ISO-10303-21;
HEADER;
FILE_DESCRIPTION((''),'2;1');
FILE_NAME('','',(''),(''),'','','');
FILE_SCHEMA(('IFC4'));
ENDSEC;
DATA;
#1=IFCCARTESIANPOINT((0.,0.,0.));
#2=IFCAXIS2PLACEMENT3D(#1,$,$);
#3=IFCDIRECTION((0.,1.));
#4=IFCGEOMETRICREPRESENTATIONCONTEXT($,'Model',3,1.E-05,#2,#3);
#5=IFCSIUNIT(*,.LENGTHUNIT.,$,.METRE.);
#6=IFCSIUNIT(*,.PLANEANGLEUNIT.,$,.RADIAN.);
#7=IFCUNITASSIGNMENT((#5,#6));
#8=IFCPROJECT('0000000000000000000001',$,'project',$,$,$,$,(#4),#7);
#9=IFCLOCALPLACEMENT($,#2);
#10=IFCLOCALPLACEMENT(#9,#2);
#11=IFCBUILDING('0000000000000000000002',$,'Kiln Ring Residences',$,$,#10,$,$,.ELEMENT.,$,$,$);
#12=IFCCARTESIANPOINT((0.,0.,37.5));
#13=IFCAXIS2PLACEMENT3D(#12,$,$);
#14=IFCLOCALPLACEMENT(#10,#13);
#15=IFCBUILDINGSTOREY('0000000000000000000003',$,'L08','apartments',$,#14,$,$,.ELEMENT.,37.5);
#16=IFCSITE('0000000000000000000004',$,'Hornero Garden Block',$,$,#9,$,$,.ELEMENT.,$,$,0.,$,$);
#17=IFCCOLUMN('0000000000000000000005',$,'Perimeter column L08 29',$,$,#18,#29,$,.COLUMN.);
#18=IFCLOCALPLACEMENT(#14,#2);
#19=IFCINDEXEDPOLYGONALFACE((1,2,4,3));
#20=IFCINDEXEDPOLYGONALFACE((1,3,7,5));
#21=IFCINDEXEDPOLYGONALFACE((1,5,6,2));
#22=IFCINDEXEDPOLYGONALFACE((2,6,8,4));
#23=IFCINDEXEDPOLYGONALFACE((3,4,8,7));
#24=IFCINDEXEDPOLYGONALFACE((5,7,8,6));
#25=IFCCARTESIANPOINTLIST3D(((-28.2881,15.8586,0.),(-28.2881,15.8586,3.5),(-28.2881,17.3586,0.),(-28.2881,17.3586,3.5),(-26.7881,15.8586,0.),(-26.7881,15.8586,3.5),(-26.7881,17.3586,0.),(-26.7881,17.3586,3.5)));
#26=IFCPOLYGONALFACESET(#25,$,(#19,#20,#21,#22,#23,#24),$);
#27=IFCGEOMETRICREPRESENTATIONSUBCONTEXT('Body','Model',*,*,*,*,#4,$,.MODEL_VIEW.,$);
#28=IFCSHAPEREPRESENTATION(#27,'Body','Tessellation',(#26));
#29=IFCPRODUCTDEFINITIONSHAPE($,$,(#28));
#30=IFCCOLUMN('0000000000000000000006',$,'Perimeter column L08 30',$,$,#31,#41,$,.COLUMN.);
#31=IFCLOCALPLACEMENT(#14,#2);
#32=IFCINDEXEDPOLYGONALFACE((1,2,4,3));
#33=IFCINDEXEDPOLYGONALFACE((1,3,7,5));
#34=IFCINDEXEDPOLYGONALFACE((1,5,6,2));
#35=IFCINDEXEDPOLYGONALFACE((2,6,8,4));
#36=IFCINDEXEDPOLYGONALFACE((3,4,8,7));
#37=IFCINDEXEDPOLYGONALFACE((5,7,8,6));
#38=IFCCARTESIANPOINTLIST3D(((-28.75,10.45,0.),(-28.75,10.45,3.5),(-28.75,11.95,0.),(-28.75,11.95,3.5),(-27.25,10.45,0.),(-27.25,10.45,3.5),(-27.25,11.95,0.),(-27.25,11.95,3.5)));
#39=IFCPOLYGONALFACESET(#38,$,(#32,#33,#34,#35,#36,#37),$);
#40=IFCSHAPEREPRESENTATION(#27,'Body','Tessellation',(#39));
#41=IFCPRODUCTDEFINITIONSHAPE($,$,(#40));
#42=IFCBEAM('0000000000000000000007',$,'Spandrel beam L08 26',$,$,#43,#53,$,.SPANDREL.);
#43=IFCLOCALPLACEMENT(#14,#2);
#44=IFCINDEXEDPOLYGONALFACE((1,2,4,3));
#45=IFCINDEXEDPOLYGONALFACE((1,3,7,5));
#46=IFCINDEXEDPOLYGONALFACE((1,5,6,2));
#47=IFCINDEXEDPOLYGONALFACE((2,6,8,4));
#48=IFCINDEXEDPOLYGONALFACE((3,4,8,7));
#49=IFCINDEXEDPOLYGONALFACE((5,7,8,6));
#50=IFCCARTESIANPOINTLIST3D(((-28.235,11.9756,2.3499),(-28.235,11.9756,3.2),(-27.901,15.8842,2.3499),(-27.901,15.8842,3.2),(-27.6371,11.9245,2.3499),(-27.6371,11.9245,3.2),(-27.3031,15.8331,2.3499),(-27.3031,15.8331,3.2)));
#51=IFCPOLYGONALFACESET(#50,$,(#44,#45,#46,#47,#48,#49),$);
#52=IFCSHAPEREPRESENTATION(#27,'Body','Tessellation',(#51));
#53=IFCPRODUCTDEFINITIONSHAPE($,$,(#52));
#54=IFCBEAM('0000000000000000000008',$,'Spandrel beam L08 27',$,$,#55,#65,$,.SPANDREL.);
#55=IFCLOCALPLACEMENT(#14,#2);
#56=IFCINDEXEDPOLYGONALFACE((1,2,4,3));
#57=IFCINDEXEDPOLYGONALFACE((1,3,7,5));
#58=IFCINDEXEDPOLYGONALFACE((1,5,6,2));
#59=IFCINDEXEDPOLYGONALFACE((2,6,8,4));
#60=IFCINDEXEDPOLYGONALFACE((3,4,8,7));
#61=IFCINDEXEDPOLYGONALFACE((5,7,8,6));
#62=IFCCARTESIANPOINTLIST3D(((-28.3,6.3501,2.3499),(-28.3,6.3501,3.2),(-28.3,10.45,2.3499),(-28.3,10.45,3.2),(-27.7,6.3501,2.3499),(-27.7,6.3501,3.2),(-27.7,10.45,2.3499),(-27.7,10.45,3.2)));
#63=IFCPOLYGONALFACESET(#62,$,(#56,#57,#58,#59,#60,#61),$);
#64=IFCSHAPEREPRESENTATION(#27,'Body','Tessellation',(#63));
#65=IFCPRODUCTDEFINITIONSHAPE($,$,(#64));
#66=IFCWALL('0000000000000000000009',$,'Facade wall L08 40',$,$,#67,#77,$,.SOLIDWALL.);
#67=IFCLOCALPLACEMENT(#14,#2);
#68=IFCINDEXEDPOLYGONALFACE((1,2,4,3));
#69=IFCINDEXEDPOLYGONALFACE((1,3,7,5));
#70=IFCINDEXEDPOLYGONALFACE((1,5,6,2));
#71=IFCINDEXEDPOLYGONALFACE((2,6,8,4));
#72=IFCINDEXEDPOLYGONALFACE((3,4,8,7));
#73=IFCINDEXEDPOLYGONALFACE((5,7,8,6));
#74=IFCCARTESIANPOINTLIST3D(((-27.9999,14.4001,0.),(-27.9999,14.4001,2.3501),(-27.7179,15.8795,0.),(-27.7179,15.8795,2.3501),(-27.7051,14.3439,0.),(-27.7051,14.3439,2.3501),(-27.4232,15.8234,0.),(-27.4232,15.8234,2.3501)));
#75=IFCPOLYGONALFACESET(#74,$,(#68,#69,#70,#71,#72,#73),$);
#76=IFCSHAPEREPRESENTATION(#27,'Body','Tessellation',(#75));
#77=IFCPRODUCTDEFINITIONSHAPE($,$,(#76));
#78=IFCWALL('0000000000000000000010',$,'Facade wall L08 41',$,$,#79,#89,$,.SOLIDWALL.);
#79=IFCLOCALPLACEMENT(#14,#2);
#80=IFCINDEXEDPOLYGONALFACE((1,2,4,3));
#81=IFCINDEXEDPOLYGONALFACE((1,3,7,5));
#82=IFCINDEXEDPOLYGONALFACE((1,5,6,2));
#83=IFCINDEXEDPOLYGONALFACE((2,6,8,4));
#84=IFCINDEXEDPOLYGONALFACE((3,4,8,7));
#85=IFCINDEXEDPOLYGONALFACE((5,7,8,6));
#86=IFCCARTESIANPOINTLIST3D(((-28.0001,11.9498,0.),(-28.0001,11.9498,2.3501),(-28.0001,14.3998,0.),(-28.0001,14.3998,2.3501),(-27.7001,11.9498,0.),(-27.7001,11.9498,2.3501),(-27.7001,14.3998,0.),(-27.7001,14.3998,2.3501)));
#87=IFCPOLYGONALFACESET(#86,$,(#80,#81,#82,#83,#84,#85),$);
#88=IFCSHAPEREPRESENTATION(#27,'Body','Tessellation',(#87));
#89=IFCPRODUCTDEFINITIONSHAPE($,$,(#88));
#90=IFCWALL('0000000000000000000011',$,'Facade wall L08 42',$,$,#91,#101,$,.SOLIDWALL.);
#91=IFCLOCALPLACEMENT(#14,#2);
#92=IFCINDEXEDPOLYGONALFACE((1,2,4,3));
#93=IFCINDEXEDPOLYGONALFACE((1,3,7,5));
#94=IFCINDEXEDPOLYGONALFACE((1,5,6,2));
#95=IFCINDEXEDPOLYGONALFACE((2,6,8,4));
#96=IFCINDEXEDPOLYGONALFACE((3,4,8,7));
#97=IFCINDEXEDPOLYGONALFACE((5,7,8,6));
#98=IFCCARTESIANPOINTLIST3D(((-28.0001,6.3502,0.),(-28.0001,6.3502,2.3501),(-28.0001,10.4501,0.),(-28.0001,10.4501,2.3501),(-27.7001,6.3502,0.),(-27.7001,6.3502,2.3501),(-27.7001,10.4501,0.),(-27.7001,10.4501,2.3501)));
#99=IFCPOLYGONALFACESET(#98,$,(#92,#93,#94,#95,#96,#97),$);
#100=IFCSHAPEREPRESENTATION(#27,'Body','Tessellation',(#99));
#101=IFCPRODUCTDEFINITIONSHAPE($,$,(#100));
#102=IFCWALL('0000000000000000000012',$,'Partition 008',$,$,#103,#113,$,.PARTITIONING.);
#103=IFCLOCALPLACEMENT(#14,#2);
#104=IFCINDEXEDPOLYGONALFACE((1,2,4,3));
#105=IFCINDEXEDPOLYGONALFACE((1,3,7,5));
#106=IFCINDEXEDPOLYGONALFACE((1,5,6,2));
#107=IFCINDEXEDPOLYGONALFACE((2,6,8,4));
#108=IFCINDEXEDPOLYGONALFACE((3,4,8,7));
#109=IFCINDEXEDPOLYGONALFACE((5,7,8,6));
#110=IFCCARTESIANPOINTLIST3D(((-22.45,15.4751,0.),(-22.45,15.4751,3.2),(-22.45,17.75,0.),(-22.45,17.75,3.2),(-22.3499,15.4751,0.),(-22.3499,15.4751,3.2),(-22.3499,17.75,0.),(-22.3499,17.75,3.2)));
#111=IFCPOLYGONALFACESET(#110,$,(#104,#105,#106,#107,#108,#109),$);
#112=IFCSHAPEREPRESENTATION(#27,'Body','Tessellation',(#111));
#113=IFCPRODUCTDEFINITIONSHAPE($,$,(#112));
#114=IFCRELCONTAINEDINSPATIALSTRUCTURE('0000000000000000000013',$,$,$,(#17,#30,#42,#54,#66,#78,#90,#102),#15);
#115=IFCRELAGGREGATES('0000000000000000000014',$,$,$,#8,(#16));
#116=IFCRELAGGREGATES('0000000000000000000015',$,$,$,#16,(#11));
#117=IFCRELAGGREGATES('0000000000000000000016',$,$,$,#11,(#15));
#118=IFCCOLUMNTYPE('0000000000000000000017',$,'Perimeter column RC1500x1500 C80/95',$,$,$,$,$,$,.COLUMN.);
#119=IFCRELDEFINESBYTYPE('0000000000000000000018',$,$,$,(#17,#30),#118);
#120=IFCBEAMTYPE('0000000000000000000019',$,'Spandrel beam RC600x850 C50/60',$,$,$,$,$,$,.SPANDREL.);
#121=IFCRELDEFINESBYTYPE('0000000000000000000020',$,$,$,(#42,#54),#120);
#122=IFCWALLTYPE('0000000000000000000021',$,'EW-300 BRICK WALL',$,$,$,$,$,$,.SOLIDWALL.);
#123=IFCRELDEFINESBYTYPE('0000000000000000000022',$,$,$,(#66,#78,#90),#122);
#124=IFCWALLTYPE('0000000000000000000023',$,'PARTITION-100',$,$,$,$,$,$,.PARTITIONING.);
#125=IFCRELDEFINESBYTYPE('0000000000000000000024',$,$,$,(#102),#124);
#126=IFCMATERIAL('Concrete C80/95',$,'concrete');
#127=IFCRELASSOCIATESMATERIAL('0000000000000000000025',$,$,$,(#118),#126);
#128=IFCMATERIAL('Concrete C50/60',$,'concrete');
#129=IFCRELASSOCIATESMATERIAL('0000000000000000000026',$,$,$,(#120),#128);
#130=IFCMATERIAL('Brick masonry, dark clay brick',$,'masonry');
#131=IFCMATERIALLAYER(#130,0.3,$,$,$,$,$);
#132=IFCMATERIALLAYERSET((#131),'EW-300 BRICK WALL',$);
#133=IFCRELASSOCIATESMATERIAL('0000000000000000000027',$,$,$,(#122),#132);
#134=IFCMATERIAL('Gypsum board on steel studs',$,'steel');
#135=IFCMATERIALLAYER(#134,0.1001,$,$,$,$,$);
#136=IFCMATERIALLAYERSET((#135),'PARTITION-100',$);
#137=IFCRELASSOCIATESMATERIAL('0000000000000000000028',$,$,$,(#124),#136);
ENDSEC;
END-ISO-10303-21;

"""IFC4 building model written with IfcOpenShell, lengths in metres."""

from ifc_helpers import new_model, si_unit, direction, frame, frame_2d, origin, origin_2d, place, context, subcontext, project, spatial, rectangle, extrude, material, layer, layer_set, material_profile, profile_set, type_object, element, save


model = new_model("IFC4")

# Units and contexts
model_context = context("Model", 3, precision=1e-05, world=origin(), true_north=direction((0.0, 1.0)))
body_context = subcontext(model_context, "Body", "Model", "MODEL_VIEW")
ifc_project = project(units=[si_unit("LENGTHUNIT", "METRE"), si_unit("PLANEANGLEUNIT", "RADIAN")], contexts=[model_context])

# Site, building, storey
site_placement = place(None, origin())
site = spatial("IfcSite", under=ifc_project, at=site_placement, Name="Hornero Garden Block", CompositionType="ELEMENT", RefElevation=0.0)
building_placement = place(site_placement, origin())
building = spatial("IfcBuilding", under=site, at=building_placement, Name="Kiln Ring Residences", CompositionType="ELEMENT")
storey_placement = place(building_placement, frame((0.0, 0.0, 37.5)))
storey = spatial("IfcBuildingStorey", under=building, at=storey_placement, Name="L08", Description="apartments", CompositionType="ELEMENT", Elevation=37.5)

# Columns
ifc_material_1 = material(Name="Concrete C80/95", Category="concrete")
ifc_material_profile_1 = material_profile(ifc_material_1, rectangle(XDim=1.5, YDim=1.5, at=origin_2d()), Name="RC1500x1500")
ifc_profile_set_1 = profile_set([ifc_material_profile_1], Name="Concrete C80/95")
column_type = type_object("IfcColumnType", Name="Perimeter column RC1500x1500 C80/95", PredefinedType="COLUMN", material=ifc_profile_set_1)
for number, where, z_axis, x_axis, name in (
    (1, (-27.5381, 16.6086, 0.0), (0.0, 0.0, 1.0), (1.0, 0.0, 0.0), "Perimeter column L08 29"),
    (2, (-28.0, 11.2, 0.0), (0.0, 0.0, 1.0), (1.0, 0.0, 0.0), "Perimeter column L08 30"),
):
    element("IfcColumn", number, at=place(storey_placement, frame(where, z_axis=z_axis, x_axis=x_axis)), inside=storey, type_object=column_type, Name=name, PredefinedType="COLUMN", context=body_context, shape_type="SweptSolid", body=[
        extrude(rectangle(XDim=1.5, YDim=1.5, at=origin_2d()), origin(), (0.0, 0.0, 1.0), 3.5),
    ])

# Beams
ifc_material_2 = material(Name="Concrete C50/60", Category="concrete")
ifc_material_profile_2 = material_profile(ifc_material_2, rectangle(XDim=0.6001, YDim=0.8501, at=origin_2d()), Name="RC600x850")
ifc_profile_set_2 = profile_set([ifc_material_profile_2], Name="Concrete C50/60")
beam_type = type_object("IfcBeamType", Name="Spandrel beam RC600x850 C50/60", PredefinedType="SPANDREL", material=ifc_profile_set_2)
beam_1_placement = place(storey_placement, frame((-27.6021, 15.8586, 2.7749), z_axis=(-0.085136, -0.996369, 0.0), x_axis=(0.996369, -0.085136, 0.0)))
element("IfcBeam", 3, at=beam_1_placement, inside=storey, type_object=beam_type, Name="Spandrel beam L08 26", PredefinedType="SPANDREL", context=body_context, shape_type="SweptSolid", body=[
    extrude(rectangle(XDim=0.6001, YDim=0.8501, at=origin_2d()), origin(), (0.0, 0.0, 1.0), 3.9229),
])
beam_2_placement = place(storey_placement, frame((-28.0, 10.45, 2.7749), z_axis=(0.0, -1.0, 0.0), x_axis=(1.0, 0.0, 0.0)))
element("IfcBeam", 4, at=beam_2_placement, inside=storey, type_object=beam_type, Name="Spandrel beam L08 27", PredefinedType="SPANDREL", context=body_context, shape_type="SweptSolid", body=[
    extrude(rectangle(XDim=0.6001, YDim=0.8501, at=origin_2d()), origin(), (0.0, 0.0, 1.0), 4.0999),
])

# Walls
ifc_material_3 = material(Name="Brick masonry, dark clay brick", Category="masonry")
ifc_layer_1 = layer(ifc_material_3, 0.3)
ifc_layer_set_1 = layer_set([ifc_layer_1], Name="EW-300 BRICK WALL")
wall_type_1 = type_object("IfcWallType", Name="EW-300 BRICK WALL", PredefinedType="SOLIDWALL", material=ifc_layer_set_1)
wall_1_placement = place(storey_placement, frame((-27.5706, 15.8513, 0.0), z_axis=(0.0, 0.0, 1.0), x_axis=(-0.187224, -0.982317, 0.0)))
element("IfcWall", 5, at=wall_1_placement, inside=storey, type_object=wall_type_1, Name="Facade wall L08 40", PredefinedType="SOLIDWALL", context=body_context, shape_type="SweptSolid", body=[
    extrude(rectangle(XDim=1.5061, YDim=0.3, at=frame_2d((0.7529, 0.0))), origin(), (0.0, 0.0, 1.0), 2.3501),
])
wall_2_placement = place(storey_placement, frame((-27.8501, 14.3999, 0.0), z_axis=(0.0, 0.0, 1.0), x_axis=(0.0, -1.0, 0.0)))
element("IfcWall", 6, at=wall_2_placement, inside=storey, type_object=wall_type_1, Name="Facade wall L08 41", PredefinedType="SOLIDWALL", context=body_context, shape_type="SweptSolid", body=[
    extrude(rectangle(XDim=2.45, YDim=0.3, at=frame_2d((1.2251, 0.0))), origin(), (0.0, 0.0, 1.0), 2.3501),
])
wall_3_placement = place(storey_placement, frame((-27.8501, 10.45, 0.0), z_axis=(0.0, 0.0, 1.0), x_axis=(0.0, -1.0, 0.0)))
element("IfcWall", 7, at=wall_3_placement, inside=storey, type_object=wall_type_1, Name="Facade wall L08 42", PredefinedType="SOLIDWALL", context=body_context, shape_type="SweptSolid", body=[
    extrude(rectangle(XDim=4.0999, YDim=0.3, at=frame_2d((2.0498, 0.0))), origin(), (0.0, 0.0, 1.0), 2.3501),
])
ifc_material_4 = material(Name="Gypsum board on steel studs", Category="steel")
ifc_layer_2 = layer(ifc_material_4, 0.1001)
ifc_layer_set_2 = layer_set([ifc_layer_2], Name="PARTITION-100")
wall_type_2 = type_object("IfcWallType", Name="PARTITION-100", PredefinedType="PARTITIONING", material=ifc_layer_set_2)
wall_4_placement = place(storey_placement, frame((-22.3999, 15.4751, 0.0), z_axis=(0.0, 0.0, 1.0), x_axis=(0.0, 1.0, 0.0)))
element("IfcWall", 8, at=wall_4_placement, inside=storey, type_object=wall_type_2, Name="Partition 008", PredefinedType="PARTITIONING", context=body_context, shape_type="SweptSolid", body=[
    extrude(rectangle(XDim=2.2749, YDim=0.1001, at=frame_2d((1.1375, 0.0))), origin(), (0.0, 0.0, 1.0), 3.2),
])

save(model, "model.ifc")
